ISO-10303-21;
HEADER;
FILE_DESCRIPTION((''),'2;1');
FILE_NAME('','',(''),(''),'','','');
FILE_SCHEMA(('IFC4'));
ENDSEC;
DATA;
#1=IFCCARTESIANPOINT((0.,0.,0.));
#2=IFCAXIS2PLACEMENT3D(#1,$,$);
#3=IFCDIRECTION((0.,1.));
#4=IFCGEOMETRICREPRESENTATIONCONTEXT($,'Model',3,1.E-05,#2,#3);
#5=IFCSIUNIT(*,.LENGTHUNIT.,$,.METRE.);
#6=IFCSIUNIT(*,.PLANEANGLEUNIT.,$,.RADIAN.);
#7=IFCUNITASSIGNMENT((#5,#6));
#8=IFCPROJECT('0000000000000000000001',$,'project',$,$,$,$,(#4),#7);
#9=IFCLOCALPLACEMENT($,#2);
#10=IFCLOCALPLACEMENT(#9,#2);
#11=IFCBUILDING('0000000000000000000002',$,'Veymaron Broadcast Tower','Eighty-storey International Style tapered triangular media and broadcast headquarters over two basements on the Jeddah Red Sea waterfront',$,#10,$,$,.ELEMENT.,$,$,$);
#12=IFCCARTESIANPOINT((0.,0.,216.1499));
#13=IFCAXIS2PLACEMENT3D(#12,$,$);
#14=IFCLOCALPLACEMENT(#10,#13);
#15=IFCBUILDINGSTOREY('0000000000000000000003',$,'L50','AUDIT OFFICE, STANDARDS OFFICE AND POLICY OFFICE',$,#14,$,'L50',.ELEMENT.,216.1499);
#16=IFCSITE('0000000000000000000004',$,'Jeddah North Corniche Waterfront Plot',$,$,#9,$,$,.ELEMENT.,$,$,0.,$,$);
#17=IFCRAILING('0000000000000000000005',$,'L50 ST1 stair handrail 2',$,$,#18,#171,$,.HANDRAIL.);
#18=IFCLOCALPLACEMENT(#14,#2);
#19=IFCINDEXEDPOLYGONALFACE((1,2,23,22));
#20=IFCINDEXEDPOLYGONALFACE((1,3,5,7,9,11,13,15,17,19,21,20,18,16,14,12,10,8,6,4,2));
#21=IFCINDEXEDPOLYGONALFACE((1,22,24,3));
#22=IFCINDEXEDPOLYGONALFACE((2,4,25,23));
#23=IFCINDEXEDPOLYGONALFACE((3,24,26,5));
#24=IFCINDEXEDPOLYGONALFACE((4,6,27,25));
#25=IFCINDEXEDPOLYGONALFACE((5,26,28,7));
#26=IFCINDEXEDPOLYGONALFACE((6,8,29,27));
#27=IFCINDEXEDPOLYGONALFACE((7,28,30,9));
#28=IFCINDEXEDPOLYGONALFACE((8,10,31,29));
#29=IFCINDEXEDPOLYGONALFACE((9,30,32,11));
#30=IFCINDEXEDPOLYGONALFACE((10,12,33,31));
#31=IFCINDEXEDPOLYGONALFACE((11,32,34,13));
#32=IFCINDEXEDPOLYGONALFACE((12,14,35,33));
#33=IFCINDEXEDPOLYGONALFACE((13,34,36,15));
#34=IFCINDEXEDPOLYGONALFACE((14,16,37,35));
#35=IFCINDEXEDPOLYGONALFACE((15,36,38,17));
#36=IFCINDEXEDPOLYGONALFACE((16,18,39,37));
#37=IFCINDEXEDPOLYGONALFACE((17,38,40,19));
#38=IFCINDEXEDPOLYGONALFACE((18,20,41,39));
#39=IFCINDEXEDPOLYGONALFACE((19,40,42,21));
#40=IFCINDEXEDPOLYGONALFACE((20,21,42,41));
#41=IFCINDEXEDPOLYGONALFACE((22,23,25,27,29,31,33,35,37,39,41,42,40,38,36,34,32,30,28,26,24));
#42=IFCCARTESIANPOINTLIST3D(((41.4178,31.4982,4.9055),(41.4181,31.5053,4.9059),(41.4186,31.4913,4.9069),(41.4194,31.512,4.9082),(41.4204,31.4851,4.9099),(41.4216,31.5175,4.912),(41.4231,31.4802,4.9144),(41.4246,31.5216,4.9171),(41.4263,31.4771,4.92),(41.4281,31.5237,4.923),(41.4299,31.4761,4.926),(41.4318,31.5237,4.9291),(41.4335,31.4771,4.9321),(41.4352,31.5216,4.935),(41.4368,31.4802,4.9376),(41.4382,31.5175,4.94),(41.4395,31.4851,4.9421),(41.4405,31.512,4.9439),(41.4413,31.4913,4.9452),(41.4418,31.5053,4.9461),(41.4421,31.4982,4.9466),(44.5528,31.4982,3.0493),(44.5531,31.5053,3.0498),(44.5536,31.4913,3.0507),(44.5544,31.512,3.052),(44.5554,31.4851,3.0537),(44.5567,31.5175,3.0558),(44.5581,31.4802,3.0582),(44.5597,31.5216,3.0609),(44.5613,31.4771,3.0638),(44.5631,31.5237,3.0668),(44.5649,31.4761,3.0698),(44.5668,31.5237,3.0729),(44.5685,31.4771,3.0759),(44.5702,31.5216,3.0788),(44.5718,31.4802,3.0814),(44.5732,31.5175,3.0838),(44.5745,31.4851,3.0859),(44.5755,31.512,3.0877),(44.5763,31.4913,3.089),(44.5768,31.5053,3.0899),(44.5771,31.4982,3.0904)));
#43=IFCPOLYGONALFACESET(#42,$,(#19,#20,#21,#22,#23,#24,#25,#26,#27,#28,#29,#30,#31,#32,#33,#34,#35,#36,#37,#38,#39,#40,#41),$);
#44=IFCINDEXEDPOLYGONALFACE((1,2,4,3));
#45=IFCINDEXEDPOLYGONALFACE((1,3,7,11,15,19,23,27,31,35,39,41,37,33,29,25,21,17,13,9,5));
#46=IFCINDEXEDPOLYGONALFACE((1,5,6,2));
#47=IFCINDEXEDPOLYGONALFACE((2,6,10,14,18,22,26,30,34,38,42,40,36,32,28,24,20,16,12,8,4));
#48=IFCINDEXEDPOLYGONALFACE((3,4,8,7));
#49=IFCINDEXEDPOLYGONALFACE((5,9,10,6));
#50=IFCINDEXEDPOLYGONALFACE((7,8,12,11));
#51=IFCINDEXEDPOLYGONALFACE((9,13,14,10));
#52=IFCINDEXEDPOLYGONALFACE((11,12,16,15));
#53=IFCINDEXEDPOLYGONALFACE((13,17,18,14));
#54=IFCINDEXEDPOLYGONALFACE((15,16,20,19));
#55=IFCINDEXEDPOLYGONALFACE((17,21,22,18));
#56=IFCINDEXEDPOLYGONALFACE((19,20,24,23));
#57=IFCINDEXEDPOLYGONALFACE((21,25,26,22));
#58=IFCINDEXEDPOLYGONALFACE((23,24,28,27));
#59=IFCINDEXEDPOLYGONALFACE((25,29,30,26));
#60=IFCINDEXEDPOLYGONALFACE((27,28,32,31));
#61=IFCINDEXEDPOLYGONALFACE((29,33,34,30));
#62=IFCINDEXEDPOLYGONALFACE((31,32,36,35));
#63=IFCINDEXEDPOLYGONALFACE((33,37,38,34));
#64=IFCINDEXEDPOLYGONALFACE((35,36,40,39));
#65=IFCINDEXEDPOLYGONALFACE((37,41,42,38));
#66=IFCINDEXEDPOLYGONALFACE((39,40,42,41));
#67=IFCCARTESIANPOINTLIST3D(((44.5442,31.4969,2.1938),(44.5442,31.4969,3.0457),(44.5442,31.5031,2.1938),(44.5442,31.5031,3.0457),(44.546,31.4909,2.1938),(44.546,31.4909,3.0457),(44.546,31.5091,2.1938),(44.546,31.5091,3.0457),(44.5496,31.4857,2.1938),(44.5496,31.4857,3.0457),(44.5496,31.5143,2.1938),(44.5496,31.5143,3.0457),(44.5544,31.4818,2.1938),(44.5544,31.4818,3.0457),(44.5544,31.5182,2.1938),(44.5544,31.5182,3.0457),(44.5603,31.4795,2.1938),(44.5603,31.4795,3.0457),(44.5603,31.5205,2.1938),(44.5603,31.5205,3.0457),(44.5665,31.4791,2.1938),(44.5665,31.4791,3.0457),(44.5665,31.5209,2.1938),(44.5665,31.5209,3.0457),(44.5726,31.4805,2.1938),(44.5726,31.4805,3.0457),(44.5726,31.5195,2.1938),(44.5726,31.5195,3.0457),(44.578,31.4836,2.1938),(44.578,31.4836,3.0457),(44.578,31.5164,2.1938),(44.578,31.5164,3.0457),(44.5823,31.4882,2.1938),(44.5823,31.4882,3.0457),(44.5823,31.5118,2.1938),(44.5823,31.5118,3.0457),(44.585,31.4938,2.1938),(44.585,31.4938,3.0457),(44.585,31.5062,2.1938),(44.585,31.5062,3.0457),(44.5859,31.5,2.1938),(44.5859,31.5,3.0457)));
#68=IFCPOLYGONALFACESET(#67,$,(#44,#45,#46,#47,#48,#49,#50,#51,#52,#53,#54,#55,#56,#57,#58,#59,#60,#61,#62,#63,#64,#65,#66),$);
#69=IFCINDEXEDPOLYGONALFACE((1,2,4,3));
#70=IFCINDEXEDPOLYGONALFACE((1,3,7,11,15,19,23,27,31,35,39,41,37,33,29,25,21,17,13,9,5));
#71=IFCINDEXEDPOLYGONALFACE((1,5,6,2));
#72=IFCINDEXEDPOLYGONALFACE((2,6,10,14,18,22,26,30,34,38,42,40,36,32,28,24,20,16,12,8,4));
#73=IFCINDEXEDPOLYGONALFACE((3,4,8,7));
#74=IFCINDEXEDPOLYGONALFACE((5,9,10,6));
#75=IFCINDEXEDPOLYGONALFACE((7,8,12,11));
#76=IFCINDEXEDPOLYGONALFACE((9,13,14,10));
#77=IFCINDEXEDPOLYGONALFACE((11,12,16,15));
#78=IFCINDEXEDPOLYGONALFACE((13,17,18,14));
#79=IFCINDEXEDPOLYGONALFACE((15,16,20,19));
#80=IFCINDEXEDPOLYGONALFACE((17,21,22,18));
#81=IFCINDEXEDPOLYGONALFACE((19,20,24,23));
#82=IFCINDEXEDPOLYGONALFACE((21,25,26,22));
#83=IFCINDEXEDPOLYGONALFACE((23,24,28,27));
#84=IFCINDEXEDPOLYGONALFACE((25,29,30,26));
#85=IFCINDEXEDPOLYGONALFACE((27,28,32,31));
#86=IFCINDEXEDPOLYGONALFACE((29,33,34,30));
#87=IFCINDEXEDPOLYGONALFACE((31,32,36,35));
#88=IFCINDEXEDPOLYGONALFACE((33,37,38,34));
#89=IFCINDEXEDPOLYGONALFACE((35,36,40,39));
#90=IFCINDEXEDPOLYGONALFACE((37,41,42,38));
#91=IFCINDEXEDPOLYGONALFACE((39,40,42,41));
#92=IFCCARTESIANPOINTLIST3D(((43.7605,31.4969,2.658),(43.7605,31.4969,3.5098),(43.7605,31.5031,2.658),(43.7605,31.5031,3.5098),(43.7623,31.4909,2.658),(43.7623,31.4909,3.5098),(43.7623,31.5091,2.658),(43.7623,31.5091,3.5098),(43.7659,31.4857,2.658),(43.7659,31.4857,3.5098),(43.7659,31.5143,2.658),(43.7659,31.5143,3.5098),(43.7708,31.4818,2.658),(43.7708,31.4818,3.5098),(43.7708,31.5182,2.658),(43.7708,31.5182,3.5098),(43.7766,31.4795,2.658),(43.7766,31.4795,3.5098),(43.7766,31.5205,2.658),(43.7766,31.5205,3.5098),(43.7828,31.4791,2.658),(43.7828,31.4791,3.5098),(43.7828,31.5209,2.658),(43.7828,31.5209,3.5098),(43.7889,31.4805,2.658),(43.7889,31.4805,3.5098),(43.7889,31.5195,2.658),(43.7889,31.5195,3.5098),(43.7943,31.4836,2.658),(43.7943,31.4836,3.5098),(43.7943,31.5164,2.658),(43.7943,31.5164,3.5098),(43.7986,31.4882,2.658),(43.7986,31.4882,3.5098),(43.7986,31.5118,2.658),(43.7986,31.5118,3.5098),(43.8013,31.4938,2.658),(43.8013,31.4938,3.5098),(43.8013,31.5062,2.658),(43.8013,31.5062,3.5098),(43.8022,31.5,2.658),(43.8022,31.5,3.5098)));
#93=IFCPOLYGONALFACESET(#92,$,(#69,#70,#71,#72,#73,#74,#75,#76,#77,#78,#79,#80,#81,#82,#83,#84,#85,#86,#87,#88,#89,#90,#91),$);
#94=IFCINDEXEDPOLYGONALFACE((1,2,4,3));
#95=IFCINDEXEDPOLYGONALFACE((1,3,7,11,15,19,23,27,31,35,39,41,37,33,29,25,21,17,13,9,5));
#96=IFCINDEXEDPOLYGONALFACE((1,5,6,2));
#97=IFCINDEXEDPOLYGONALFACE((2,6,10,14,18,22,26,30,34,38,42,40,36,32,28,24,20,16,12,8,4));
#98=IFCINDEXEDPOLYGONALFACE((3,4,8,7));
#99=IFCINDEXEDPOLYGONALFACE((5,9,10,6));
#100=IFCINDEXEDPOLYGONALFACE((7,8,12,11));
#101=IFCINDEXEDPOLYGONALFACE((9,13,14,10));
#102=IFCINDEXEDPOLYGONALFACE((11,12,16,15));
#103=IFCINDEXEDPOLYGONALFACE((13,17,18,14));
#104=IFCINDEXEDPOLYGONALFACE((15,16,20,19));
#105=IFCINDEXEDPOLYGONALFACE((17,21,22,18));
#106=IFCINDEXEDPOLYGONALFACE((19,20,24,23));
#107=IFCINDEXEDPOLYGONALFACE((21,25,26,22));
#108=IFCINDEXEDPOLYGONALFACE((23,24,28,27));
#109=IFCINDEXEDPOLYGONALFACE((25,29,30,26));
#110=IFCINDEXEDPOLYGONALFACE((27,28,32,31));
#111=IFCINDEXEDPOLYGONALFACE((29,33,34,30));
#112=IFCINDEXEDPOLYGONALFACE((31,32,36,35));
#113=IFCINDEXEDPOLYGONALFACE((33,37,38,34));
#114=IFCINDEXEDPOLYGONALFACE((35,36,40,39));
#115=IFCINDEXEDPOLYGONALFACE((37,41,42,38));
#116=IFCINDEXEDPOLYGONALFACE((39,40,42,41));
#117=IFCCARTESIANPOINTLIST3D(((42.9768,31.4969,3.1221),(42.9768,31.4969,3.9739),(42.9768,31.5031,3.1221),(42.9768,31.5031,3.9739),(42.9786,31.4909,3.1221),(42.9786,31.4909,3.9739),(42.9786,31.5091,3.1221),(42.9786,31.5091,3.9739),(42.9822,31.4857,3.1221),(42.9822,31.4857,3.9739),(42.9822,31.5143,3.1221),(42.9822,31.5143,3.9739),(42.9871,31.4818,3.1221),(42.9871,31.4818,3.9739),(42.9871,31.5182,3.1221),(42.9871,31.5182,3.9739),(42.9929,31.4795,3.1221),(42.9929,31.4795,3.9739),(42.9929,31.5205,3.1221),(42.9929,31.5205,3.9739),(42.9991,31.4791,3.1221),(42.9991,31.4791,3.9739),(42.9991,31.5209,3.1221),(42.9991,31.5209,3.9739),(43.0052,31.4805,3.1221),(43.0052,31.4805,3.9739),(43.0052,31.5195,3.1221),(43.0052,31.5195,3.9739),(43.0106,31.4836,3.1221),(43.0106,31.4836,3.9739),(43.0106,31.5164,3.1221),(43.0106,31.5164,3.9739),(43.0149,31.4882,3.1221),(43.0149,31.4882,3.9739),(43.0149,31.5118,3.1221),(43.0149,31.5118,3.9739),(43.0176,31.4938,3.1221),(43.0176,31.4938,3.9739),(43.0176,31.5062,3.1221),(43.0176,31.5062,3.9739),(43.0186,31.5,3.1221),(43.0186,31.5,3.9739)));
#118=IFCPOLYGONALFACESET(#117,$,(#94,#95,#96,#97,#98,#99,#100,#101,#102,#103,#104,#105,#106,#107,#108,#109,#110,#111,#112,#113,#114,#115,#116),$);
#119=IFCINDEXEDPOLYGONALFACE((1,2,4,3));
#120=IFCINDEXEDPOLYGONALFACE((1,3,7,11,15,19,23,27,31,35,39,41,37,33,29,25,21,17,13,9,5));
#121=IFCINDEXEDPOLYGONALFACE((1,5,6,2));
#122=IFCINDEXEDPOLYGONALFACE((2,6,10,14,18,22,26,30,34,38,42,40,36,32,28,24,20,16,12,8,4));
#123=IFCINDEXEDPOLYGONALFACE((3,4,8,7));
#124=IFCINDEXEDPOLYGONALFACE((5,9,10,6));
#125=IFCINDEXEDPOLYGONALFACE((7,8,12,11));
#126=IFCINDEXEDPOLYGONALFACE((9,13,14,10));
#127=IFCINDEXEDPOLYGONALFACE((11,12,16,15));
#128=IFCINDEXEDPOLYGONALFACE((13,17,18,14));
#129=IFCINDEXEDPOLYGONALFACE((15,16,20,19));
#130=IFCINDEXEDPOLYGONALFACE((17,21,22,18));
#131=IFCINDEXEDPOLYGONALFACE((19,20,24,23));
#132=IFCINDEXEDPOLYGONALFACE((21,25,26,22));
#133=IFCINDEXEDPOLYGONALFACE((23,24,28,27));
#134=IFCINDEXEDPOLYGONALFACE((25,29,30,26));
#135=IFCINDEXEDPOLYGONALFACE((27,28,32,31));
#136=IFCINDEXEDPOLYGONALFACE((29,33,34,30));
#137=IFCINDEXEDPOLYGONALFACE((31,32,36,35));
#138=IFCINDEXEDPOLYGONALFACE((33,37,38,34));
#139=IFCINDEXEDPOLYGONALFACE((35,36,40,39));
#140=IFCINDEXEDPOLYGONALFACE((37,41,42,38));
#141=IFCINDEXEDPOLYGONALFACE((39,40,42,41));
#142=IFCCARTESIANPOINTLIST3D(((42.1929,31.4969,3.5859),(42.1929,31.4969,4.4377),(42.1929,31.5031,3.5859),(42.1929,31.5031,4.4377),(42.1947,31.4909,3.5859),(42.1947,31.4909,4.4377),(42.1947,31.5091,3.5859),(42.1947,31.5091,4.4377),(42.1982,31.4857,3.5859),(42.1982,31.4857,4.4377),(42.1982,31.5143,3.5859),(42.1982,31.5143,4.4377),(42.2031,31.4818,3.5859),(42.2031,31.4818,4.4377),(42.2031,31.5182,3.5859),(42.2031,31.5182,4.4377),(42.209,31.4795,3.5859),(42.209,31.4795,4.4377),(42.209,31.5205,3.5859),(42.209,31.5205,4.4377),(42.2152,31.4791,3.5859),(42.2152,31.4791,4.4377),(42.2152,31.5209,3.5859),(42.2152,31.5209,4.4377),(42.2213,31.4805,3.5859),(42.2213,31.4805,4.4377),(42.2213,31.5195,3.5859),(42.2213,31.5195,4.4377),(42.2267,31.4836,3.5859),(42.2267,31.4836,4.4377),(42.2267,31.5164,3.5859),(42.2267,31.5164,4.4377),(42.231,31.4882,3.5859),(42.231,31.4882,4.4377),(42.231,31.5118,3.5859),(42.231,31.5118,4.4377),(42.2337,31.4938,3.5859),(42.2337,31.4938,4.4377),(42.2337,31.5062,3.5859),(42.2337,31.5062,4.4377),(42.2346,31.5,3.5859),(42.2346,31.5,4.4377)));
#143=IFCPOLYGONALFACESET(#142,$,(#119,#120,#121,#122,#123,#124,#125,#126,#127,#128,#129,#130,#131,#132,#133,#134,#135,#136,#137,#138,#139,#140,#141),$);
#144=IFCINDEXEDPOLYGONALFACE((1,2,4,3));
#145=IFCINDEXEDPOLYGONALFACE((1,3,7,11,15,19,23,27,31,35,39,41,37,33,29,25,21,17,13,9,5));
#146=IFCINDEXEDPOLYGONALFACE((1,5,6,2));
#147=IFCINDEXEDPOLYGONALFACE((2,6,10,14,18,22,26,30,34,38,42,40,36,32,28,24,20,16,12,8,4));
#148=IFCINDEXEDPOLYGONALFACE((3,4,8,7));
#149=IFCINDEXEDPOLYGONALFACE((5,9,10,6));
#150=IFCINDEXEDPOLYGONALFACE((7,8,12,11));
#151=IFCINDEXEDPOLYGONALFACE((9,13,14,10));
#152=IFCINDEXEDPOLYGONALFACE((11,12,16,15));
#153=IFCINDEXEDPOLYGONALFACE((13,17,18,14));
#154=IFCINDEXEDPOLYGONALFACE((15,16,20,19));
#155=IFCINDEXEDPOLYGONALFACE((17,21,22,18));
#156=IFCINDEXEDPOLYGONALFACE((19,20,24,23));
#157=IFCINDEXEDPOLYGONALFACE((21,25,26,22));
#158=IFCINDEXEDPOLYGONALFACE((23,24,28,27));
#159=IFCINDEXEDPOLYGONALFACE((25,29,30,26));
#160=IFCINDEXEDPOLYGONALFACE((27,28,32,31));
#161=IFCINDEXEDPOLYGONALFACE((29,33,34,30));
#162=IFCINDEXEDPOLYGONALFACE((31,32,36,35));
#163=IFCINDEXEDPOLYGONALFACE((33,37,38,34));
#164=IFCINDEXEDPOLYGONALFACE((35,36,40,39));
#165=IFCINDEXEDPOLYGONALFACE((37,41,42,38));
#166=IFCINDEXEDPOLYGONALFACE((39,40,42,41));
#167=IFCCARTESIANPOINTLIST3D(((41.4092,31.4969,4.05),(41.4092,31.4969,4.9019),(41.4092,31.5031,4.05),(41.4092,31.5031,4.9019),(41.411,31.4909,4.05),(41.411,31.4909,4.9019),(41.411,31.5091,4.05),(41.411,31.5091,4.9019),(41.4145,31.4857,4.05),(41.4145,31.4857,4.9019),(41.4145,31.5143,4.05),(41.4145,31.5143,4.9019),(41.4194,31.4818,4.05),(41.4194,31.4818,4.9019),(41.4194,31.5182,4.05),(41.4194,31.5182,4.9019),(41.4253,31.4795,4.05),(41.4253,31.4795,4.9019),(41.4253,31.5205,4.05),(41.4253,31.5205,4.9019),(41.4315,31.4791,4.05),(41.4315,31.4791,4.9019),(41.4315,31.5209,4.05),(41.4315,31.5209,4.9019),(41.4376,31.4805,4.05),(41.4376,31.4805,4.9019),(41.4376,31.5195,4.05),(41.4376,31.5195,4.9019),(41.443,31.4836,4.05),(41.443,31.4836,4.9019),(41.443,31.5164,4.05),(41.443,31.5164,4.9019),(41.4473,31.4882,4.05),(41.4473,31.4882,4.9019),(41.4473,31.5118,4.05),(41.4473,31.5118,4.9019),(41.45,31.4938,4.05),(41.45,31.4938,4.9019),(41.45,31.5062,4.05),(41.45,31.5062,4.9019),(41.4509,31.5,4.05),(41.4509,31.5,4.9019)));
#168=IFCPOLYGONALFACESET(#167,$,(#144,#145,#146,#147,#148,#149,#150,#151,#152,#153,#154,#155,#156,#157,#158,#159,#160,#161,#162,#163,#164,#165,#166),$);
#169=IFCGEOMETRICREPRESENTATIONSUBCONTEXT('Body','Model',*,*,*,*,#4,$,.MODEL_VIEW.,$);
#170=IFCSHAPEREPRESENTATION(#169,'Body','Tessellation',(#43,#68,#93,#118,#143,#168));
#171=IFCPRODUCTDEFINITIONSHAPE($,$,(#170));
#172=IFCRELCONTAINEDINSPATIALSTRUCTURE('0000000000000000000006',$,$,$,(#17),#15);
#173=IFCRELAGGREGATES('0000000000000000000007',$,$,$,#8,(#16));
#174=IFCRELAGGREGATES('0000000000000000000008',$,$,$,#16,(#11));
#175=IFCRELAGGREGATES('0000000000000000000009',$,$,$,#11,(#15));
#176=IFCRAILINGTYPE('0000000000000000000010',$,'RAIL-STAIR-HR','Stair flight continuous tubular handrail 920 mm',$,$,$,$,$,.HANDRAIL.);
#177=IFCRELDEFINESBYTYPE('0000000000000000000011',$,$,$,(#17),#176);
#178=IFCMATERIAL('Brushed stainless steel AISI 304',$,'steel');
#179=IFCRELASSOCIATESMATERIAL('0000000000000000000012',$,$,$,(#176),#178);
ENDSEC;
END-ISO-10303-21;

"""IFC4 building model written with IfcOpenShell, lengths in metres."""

from ifc_helpers import new_model, si_unit, direction, frame, origin, origin_2d, place, context, subcontext, project, spatial, circle, extrude, material, type_object, element, save


model = new_model("IFC4")

# Units and contexts
model_context = context("Model", 3, precision=1e-05, world=origin(), true_north=direction((0.0, 1.0)))
body_context = subcontext(model_context, "Body", "Model", "MODEL_VIEW")
ifc_project = project(units=[si_unit("LENGTHUNIT", "METRE"), si_unit("PLANEANGLEUNIT", "RADIAN")], contexts=[model_context])

# Site, building, storey
site_placement = place(None, origin())
site = spatial("IfcSite", under=ifc_project, at=site_placement, Name="Jeddah North Corniche Waterfront Plot", CompositionType="ELEMENT", RefElevation=0.0)
building_placement = place(site_placement, origin())
building = spatial("IfcBuilding", under=site, at=building_placement, Name="Veymaron Broadcast Tower", Description="Eighty-storey International Style tapered triangular media and broadcast headquarters over two basements on the Jeddah Red Sea waterfront", CompositionType="ELEMENT")
storey_placement = place(building_placement, frame((0.0, 0.0, 216.1499)))
storey = spatial("IfcBuildingStorey", under=building, at=storey_placement, Name="L50", Description="AUDIT OFFICE, STANDARDS OFFICE AND POLICY OFFICE", LongName="L50", CompositionType="ELEMENT", Elevation=216.1499)

# Shared definitions
ifc_material_1 = material(Name="Brushed stainless steel AISI 304", Category="steel")

# Railing
railing_type_1 = type_object("IfcRailingType", Name="RAIL-STAIR-HR", Description="Stair flight continuous tubular handrail 920 mm", PredefinedType="HANDRAIL", material=ifc_material_1)
railing_1_placement = place(storey_placement, frame((44.5649, 31.5, 2.1938)))
element("IfcRailing", 1, at=railing_1_placement, inside=storey, type_object=railing_type_1, Name="L50 ST1 stair handrail 2", PredefinedType="HANDRAIL", context=body_context, shape_type="SweptSolid", body=[
    extrude(circle(Radius=0.0239, at=origin_2d()), frame((0.0, 0.0, 0.876), z_axis=(-0.860482, 0.0, 0.509481), x_axis=(0.0, -1.0, 0.0)), (0.0, 0.0, 1.0), 3.6433),
    extrude(circle(Radius=0.021, at=origin_2d()), origin(), (0.0, 0.0, 1.0), 0.8518),
    extrude(circle(Radius=0.021, at=origin_2d()), frame((-0.7837, 0.0, 0.4641)), (0.0, 0.0, 1.0), 0.8518),
    extrude(circle(Radius=0.021, at=origin_2d()), frame((-1.5674, 0.0, 0.9282)), (0.0, 0.0, 1.0), 0.8518),
    extrude(circle(Radius=0.021, at=origin_2d()), frame((-2.3513, 0.0, 1.3921)), (0.0, 0.0, 1.0), 0.8518),
    extrude(circle(Radius=0.021, at=origin_2d()), frame((-3.135, 0.0, 1.8562)), (0.0, 0.0, 1.0), 0.8518),
])

save(model, "model.ifc")
